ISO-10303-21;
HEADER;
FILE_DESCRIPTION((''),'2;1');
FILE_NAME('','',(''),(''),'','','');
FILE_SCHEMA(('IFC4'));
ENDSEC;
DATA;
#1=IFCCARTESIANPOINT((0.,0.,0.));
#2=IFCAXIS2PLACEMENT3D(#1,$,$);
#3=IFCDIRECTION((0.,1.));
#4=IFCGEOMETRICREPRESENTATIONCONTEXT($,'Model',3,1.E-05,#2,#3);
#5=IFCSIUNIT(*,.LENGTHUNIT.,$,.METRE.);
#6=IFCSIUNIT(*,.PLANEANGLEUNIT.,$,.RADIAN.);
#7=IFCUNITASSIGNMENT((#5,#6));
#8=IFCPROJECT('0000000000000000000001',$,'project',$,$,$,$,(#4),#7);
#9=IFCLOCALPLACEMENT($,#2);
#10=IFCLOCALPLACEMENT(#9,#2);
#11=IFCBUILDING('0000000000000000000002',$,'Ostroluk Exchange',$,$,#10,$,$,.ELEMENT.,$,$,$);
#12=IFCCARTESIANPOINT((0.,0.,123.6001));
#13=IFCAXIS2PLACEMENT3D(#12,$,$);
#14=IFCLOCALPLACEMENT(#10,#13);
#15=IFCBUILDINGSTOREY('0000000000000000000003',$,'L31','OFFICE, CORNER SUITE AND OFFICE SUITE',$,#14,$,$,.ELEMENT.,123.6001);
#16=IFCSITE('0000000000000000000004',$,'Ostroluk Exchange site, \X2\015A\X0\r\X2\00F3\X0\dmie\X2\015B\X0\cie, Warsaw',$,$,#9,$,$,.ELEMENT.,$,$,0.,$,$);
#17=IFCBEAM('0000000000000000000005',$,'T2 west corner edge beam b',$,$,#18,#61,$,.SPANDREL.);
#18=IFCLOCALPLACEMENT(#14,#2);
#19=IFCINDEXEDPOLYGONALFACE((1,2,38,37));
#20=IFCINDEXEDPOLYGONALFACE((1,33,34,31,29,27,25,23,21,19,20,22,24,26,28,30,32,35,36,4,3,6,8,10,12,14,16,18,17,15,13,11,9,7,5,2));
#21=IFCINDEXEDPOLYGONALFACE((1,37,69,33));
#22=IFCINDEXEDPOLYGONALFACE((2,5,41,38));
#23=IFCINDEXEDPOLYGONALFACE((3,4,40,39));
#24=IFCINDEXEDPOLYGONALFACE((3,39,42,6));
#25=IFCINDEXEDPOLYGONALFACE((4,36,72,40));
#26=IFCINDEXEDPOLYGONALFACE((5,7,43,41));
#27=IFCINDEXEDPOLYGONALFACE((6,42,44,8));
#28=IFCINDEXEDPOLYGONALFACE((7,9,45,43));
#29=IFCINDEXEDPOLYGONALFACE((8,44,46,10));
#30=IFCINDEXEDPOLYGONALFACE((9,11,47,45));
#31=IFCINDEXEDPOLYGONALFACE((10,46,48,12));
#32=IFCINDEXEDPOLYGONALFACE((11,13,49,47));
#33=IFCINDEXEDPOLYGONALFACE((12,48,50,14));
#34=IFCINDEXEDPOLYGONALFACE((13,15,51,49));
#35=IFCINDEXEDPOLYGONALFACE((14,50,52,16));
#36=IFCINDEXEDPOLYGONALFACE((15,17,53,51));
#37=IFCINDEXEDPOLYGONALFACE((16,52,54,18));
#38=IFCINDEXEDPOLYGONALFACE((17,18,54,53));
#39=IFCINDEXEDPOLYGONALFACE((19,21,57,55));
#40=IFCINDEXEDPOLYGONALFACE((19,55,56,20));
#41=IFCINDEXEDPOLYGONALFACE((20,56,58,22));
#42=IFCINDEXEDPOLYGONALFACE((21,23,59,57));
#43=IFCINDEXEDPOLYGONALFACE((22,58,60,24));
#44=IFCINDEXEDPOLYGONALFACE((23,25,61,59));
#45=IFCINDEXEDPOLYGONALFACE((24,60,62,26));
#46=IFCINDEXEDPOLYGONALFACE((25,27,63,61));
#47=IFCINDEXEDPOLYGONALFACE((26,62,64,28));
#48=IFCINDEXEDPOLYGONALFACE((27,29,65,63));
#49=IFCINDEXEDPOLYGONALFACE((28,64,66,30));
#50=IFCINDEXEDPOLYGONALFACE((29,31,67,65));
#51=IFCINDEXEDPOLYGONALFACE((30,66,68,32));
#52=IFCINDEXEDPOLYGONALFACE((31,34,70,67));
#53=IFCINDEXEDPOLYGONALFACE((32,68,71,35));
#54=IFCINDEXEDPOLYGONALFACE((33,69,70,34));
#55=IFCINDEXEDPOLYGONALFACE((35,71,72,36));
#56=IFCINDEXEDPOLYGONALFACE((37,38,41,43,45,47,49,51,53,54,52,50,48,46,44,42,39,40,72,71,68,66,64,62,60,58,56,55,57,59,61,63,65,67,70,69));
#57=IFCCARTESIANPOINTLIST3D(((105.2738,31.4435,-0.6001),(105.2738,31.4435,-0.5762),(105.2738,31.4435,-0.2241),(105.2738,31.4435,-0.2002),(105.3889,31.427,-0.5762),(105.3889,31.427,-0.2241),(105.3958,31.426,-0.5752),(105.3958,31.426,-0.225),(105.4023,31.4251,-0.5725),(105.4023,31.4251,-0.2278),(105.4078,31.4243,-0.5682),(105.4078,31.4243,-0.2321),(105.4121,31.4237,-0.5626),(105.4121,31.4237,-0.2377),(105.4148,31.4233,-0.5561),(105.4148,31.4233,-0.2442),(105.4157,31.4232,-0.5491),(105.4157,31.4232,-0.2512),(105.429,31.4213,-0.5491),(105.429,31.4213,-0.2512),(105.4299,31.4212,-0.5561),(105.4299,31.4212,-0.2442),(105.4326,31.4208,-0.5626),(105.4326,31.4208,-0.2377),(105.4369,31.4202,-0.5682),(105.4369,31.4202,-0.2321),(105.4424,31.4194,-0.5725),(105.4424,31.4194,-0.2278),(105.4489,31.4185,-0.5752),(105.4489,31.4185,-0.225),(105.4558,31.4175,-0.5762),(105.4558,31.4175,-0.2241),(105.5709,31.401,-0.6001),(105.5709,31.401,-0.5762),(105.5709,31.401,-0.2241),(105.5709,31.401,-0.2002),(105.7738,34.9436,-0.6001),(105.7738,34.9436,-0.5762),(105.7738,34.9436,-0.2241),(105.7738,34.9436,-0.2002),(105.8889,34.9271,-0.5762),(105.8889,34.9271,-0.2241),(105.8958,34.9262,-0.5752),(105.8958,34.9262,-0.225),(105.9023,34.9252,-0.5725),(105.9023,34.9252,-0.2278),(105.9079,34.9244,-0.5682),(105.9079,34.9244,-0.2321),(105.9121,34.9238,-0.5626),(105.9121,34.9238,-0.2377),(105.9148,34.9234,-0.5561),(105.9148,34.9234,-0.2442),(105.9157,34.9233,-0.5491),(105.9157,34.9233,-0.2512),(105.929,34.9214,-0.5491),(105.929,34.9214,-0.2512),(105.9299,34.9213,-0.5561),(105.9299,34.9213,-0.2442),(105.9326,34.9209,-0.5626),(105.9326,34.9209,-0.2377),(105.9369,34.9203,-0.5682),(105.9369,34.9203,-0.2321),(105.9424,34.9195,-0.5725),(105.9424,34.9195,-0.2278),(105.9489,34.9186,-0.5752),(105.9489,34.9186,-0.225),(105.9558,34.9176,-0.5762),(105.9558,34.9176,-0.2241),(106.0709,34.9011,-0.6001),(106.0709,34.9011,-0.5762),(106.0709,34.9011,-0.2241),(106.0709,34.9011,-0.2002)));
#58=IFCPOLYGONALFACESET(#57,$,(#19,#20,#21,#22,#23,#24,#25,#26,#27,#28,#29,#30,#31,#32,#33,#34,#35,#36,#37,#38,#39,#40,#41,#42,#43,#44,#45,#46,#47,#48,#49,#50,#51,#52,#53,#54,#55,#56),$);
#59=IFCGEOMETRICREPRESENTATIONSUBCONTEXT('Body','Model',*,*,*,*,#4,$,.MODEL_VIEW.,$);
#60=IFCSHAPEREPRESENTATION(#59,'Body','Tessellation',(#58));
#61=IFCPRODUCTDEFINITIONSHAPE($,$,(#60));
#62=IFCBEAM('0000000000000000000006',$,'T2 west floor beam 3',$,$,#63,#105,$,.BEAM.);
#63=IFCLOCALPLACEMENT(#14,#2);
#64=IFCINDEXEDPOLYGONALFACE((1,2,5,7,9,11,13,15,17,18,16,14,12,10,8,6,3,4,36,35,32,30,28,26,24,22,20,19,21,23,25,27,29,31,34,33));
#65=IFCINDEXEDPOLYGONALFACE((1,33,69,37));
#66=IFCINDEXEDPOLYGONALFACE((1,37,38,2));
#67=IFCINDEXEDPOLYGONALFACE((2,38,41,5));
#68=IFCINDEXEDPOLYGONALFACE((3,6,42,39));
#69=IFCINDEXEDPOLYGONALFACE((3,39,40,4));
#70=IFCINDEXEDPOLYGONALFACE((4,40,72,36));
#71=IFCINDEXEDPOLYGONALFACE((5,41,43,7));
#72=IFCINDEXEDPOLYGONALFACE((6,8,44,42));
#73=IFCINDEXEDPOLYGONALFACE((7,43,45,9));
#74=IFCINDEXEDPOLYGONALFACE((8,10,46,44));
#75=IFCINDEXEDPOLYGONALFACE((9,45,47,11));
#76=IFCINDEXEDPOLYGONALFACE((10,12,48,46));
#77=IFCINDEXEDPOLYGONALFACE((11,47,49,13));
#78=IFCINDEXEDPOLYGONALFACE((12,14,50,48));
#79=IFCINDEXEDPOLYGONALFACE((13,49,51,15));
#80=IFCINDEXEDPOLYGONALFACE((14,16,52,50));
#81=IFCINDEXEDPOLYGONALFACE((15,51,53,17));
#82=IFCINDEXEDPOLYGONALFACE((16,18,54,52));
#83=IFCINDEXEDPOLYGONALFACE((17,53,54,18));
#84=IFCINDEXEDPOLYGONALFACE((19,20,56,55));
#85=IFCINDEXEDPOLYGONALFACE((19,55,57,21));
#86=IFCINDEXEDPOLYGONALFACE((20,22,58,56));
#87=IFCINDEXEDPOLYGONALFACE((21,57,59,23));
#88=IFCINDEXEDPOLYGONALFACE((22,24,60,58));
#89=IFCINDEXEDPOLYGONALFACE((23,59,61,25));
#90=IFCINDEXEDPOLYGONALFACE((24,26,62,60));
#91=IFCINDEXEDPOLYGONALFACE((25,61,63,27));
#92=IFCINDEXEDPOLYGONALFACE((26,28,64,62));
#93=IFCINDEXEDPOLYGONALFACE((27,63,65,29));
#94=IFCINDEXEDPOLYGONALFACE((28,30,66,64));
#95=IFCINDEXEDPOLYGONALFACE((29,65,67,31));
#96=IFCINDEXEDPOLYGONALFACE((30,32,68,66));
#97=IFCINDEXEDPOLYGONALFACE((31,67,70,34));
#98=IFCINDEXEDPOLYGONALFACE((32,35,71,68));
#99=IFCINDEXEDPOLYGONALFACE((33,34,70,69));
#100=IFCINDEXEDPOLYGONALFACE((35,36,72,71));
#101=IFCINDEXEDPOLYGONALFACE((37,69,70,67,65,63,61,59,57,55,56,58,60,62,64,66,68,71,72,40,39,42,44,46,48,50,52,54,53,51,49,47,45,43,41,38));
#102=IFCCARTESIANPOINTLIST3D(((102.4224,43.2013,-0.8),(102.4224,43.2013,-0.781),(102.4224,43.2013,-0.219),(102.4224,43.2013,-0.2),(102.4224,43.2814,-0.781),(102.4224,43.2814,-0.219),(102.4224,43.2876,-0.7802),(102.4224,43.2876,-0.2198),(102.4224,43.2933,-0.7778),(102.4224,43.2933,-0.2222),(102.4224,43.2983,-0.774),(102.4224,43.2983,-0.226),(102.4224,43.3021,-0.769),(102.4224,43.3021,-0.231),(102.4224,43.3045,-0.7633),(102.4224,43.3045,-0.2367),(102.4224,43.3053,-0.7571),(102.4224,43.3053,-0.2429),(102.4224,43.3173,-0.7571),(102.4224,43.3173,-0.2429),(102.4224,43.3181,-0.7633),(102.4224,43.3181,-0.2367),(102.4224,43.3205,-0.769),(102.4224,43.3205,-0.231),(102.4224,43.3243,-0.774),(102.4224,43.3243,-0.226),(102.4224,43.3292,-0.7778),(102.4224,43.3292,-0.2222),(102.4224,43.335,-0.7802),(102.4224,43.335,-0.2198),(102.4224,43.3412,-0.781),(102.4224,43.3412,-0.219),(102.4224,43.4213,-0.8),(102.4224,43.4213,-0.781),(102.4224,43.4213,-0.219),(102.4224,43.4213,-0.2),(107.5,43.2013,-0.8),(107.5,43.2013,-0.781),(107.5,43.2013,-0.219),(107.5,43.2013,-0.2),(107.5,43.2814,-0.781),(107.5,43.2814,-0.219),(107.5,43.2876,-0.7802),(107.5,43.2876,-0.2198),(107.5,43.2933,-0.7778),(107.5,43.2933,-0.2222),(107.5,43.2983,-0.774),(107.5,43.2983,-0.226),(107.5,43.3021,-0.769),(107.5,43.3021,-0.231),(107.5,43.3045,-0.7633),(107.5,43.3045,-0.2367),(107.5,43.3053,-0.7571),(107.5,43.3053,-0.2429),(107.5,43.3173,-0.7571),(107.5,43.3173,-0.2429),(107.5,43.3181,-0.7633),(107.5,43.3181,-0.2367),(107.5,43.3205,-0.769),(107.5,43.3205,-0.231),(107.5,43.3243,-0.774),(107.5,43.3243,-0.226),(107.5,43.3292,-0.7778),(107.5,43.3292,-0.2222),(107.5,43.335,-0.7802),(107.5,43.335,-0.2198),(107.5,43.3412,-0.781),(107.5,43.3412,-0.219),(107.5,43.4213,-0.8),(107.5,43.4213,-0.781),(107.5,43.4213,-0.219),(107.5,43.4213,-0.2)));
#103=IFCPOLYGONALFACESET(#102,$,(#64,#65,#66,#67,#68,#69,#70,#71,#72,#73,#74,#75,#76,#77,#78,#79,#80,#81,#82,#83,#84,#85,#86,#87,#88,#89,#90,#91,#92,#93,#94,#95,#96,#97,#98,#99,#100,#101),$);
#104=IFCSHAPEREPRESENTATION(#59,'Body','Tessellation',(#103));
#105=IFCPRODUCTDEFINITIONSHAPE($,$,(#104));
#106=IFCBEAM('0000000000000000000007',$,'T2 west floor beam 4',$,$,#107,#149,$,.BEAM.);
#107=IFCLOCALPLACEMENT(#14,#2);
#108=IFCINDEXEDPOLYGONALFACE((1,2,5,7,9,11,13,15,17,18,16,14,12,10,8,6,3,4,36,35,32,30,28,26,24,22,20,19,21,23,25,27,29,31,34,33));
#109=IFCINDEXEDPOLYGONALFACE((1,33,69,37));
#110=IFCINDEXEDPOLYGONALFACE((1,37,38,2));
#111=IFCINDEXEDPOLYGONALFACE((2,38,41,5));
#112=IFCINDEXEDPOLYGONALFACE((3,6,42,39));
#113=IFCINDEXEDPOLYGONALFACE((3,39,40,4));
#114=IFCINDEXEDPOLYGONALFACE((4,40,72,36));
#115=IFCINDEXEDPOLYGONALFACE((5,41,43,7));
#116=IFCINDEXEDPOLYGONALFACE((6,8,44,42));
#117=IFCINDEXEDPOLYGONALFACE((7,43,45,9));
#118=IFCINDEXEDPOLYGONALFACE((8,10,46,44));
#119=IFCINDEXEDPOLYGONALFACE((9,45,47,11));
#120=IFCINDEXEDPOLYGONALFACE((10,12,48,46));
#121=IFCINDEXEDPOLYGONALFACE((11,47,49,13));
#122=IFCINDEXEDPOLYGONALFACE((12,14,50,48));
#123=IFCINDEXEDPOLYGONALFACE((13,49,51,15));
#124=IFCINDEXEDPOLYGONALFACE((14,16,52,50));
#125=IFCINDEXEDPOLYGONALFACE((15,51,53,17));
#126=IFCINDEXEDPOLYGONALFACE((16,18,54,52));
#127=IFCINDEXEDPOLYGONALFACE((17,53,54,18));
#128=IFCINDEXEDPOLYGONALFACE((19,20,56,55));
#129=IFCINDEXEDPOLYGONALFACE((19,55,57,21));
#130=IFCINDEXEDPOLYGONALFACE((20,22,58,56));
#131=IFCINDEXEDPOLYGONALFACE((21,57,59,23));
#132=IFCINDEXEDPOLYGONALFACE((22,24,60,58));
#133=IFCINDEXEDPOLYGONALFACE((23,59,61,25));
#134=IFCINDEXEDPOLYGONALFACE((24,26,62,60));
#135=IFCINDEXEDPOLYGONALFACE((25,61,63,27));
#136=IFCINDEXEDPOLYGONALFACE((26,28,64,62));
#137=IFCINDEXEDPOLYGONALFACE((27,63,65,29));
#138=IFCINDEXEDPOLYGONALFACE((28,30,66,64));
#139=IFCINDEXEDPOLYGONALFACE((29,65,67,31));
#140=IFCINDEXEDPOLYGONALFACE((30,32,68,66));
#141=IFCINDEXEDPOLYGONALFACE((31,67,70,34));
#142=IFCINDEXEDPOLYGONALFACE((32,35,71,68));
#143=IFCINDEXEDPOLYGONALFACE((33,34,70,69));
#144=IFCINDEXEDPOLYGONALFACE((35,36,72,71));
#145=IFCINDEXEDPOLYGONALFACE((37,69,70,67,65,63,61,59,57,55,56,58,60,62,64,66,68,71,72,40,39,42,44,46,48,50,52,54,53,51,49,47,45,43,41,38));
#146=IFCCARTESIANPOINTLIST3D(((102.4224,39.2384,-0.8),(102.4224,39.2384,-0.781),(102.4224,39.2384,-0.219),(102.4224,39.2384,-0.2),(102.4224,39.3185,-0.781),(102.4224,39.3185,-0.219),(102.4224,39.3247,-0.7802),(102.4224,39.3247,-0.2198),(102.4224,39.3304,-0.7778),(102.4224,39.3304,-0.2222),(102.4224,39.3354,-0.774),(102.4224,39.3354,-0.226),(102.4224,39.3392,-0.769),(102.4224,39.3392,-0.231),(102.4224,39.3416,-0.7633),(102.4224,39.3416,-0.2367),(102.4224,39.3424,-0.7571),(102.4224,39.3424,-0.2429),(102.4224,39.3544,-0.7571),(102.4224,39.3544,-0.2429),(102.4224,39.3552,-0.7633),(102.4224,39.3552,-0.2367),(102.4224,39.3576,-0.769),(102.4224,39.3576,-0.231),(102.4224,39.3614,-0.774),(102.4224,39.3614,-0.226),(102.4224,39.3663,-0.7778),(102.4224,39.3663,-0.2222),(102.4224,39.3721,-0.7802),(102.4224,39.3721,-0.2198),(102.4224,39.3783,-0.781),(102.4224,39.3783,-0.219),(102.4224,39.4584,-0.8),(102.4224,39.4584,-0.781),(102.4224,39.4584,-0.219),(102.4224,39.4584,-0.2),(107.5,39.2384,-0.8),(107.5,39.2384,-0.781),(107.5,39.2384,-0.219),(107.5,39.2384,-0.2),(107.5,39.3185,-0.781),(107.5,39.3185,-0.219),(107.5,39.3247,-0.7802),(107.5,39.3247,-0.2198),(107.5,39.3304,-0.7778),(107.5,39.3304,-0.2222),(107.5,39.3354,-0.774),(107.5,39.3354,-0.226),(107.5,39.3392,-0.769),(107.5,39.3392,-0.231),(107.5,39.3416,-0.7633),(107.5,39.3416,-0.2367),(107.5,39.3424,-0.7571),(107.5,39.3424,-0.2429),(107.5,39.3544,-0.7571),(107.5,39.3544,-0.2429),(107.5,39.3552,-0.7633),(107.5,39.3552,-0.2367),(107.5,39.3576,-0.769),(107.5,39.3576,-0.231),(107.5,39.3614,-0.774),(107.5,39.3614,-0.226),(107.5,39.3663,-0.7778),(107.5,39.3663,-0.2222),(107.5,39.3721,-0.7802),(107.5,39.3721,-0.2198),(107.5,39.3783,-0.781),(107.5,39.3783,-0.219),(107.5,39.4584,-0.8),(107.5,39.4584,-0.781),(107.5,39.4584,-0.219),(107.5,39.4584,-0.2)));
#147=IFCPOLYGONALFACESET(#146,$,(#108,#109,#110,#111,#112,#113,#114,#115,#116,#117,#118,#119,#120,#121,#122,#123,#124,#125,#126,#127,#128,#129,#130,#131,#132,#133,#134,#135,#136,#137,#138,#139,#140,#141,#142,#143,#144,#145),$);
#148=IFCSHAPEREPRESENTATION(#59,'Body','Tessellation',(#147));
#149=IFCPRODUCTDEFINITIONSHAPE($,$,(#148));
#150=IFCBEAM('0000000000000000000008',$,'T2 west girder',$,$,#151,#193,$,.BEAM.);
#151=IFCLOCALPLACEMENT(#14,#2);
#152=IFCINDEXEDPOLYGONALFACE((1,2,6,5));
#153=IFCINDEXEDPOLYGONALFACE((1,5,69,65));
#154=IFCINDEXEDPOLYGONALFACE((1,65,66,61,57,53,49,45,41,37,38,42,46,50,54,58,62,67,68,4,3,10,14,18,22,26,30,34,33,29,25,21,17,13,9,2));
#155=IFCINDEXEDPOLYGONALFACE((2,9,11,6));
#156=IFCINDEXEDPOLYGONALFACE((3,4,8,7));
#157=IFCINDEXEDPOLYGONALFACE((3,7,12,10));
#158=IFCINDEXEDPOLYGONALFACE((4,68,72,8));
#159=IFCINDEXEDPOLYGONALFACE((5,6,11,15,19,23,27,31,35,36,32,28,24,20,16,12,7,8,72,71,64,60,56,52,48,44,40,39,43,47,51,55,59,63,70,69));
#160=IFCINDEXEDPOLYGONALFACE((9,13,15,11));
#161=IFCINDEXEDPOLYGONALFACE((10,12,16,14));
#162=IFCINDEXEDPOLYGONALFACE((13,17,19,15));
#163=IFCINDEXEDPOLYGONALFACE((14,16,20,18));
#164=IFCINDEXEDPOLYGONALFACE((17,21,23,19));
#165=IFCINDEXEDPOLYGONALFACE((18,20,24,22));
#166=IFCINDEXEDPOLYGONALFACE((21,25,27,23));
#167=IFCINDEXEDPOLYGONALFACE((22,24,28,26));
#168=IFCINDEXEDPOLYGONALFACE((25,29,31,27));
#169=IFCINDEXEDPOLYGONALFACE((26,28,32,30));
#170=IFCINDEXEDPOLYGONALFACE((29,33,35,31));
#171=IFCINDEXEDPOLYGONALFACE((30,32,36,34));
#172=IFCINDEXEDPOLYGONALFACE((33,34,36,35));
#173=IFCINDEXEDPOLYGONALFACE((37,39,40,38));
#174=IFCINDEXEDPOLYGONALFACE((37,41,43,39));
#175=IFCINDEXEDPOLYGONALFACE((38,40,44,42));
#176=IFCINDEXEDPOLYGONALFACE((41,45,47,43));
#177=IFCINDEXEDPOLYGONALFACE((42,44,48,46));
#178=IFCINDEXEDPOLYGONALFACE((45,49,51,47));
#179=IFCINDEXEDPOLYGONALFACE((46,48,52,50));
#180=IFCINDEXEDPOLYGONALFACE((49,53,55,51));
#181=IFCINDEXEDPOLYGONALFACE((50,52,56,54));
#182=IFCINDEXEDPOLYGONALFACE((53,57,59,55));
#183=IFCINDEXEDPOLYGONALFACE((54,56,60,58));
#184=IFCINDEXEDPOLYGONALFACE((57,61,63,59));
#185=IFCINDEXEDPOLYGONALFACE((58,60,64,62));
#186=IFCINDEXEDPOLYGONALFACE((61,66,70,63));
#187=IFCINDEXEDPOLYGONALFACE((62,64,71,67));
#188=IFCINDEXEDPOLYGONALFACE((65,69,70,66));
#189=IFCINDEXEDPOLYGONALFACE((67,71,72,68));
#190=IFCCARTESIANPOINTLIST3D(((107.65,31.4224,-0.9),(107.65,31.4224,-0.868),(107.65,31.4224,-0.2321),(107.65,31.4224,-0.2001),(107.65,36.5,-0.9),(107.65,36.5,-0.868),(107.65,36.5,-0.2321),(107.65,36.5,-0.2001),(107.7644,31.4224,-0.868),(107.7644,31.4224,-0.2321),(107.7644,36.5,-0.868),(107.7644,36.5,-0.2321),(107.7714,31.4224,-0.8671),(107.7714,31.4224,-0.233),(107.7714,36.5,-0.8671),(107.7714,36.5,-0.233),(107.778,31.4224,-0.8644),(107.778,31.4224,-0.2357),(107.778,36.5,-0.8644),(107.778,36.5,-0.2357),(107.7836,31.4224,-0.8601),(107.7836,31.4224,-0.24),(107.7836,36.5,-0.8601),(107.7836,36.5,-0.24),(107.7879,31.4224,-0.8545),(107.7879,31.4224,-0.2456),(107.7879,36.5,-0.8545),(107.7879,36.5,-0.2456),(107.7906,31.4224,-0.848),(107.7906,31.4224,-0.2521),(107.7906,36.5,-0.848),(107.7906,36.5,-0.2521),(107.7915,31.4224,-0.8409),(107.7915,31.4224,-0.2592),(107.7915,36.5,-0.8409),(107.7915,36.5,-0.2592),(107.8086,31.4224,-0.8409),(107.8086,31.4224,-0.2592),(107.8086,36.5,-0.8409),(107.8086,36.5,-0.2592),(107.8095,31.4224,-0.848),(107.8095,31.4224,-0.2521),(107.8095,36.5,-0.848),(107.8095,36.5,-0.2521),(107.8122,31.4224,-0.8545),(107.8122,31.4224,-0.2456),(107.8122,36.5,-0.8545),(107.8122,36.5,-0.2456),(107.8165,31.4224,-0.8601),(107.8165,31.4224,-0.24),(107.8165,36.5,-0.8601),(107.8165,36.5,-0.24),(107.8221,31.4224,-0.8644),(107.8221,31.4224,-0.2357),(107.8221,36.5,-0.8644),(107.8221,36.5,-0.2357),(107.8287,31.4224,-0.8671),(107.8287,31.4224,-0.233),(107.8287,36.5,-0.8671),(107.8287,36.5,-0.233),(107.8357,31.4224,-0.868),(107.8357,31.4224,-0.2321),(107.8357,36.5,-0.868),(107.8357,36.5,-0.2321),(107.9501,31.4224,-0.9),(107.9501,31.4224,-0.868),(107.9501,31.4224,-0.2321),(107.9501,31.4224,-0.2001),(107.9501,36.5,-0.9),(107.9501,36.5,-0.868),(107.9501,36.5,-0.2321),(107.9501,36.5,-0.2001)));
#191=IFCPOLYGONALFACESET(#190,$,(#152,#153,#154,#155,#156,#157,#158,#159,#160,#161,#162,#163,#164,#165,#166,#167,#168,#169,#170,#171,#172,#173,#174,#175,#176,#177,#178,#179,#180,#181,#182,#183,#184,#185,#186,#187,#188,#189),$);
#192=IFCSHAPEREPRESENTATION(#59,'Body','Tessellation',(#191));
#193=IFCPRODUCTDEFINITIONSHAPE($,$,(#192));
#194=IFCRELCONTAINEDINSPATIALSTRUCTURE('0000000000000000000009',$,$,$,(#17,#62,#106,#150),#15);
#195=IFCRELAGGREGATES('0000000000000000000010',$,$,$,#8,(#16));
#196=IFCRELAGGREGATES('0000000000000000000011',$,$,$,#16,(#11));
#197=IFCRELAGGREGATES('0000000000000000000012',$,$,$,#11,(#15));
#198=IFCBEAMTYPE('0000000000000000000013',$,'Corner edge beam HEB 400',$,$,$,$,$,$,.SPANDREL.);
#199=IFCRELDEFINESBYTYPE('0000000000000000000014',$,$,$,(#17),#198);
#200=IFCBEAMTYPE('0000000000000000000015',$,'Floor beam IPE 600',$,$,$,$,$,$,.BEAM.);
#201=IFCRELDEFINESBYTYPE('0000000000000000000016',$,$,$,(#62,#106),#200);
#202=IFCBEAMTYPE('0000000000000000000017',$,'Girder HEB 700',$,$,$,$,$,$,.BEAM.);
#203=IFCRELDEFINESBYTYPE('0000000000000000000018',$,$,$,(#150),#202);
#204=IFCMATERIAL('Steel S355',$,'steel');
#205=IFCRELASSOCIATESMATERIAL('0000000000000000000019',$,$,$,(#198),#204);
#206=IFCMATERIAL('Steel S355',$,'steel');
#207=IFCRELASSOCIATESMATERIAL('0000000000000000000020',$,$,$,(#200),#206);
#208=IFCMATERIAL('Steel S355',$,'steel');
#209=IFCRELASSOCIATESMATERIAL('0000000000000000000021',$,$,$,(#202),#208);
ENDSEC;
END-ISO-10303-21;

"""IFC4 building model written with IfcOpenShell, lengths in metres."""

from ifc_helpers import new_model, si_unit, direction, frame, origin, origin_2d, place, context, subcontext, project, spatial, i_section, extrude, material, material_profile, profile_set, type_object, element, save


model = new_model("IFC4")

# Units and contexts
model_context = context("Model", 3, precision=1e-05, world=origin(), true_north=direction((0.0, 1.0)))
body_context = subcontext(model_context, "Body", "Model", "MODEL_VIEW")
ifc_project = project(units=[si_unit("LENGTHUNIT", "METRE"), si_unit("PLANEANGLEUNIT", "RADIAN")], contexts=[model_context])

# Site, building, storey
site_placement = place(None, origin())
site = spatial("IfcSite", under=ifc_project, at=site_placement, Name="Ostroluk Exchange site, Śródmieście, Warsaw", CompositionType="ELEMENT", RefElevation=0.0)
building_placement = place(site_placement, origin())
building = spatial("IfcBuilding", under=site, at=building_placement, Name="Ostroluk Exchange", CompositionType="ELEMENT")
storey_placement = place(building_placement, frame((0.0, 0.0, 123.6001)))
storey = spatial("IfcBuildingStorey", under=building, at=storey_placement, Name="L31", Description="OFFICE, CORNER SUITE AND OFFICE SUITE", CompositionType="ELEMENT", Elevation=123.6001)

# Beams
ifc_material_1 = material(Name="Steel S355", Category="steel")
ifc_material_profile_1 = material_profile(ifc_material_1, i_section(OverallWidth=0.3, OverallDepth=0.3999, WebThickness=0.0134, FlangeThickness=0.0239, FilletRadius=0.0271, at=origin_2d()), Name="HEB 400")
ifc_profile_set_1 = profile_set([ifc_material_profile_1], Name="Steel S355")
beam_type_1 = type_object("IfcBeamType", Name="Corner edge beam HEB 400", PredefinedType="SPANDREL", material=ifc_profile_set_1)
for number, where, z_axis, x_axis, name in (
    (1, (105.9224, 34.9224, -0.4001), (-0.141421, -0.989949, 0.0), (0.989949, -0.141421, 0.0), "T2 west corner edge beam b"),
):
    element("IfcBeam", number, at=place(storey_placement, frame(where, z_axis=z_axis, x_axis=x_axis)), inside=storey, type_object=beam_type_1, Name=name, PredefinedType="SPANDREL", context=body_context, shape_type="SweptSolid", body=[
        extrude(i_section(OverallWidth=0.3, OverallDepth=0.3999, WebThickness=0.0134, FlangeThickness=0.0239, FilletRadius=0.0271, at=origin_2d()), origin(), (0.0, 0.0, 1.0), 3.5356),
    ])
ifc_material_2 = material(Name="Steel S355", Category="steel")
ifc_material_profile_2 = material_profile(ifc_material_2, i_section(OverallWidth=0.22, OverallDepth=0.6001, WebThickness=0.012, FlangeThickness=0.019, FilletRadius=0.0239, at=origin_2d()), Name="IPE 600")
ifc_profile_set_2 = profile_set([ifc_material_profile_2], Name="Steel S355")
beam_type_2 = type_object("IfcBeamType", Name="Floor beam IPE 600", PredefinedType="BEAM", material=ifc_profile_set_2)
for number, where, z_axis, x_axis, name in (
    (2, (107.5, 43.3113, -0.5), (-1.0, 0.0, 0.0), (0.0, -1.0, 0.0), "T2 west floor beam 3"),
    (3, (107.5, 39.3484, -0.5), (-1.0, 0.0, 0.0), (0.0, -1.0, 0.0), "T2 west floor beam 4"),
):
    element("IfcBeam", number, at=place(storey_placement, frame(where, z_axis=z_axis, x_axis=x_axis)), inside=storey, type_object=beam_type_2, Name=name, PredefinedType="BEAM", context=body_context, shape_type="SweptSolid", body=[
        extrude(i_section(OverallWidth=0.22, OverallDepth=0.6001, WebThickness=0.012, FlangeThickness=0.019, FilletRadius=0.0239, at=origin_2d()), origin(), (0.0, 0.0, 1.0), 5.0776),
    ])
ifc_material_3 = material(Name="Steel S355", Category="steel")
ifc_material_profile_3 = material_profile(ifc_material_3, i_section(OverallWidth=0.3, OverallDepth=0.7, WebThickness=0.0171, FlangeThickness=0.032, FilletRadius=0.0271, at=origin_2d()), Name="HEB 700")
ifc_profile_set_3 = profile_set([ifc_material_profile_3], Name="Steel S355")
beam_type_3 = type_object("IfcBeamType", Name="Girder HEB 700", PredefinedType="BEAM", material=ifc_profile_set_3)
beam_1_placement = place(storey_placement, frame((107.8, 36.5, -0.55), z_axis=(0.0, -1.0, 0.0), x_axis=(1.0, 0.0, 0.0)))
element("IfcBeam", 4, at=beam_1_placement, inside=storey, type_object=beam_type_3, Name="T2 west girder", PredefinedType="BEAM", context=body_context, shape_type="SweptSolid", body=[
    extrude(i_section(OverallWidth=0.3, OverallDepth=0.7, WebThickness=0.0171, FlangeThickness=0.032, FilletRadius=0.0271, at=origin_2d()), origin(), (0.0, 0.0, 1.0), 5.0776),
])

save(model, "model.ifc")
